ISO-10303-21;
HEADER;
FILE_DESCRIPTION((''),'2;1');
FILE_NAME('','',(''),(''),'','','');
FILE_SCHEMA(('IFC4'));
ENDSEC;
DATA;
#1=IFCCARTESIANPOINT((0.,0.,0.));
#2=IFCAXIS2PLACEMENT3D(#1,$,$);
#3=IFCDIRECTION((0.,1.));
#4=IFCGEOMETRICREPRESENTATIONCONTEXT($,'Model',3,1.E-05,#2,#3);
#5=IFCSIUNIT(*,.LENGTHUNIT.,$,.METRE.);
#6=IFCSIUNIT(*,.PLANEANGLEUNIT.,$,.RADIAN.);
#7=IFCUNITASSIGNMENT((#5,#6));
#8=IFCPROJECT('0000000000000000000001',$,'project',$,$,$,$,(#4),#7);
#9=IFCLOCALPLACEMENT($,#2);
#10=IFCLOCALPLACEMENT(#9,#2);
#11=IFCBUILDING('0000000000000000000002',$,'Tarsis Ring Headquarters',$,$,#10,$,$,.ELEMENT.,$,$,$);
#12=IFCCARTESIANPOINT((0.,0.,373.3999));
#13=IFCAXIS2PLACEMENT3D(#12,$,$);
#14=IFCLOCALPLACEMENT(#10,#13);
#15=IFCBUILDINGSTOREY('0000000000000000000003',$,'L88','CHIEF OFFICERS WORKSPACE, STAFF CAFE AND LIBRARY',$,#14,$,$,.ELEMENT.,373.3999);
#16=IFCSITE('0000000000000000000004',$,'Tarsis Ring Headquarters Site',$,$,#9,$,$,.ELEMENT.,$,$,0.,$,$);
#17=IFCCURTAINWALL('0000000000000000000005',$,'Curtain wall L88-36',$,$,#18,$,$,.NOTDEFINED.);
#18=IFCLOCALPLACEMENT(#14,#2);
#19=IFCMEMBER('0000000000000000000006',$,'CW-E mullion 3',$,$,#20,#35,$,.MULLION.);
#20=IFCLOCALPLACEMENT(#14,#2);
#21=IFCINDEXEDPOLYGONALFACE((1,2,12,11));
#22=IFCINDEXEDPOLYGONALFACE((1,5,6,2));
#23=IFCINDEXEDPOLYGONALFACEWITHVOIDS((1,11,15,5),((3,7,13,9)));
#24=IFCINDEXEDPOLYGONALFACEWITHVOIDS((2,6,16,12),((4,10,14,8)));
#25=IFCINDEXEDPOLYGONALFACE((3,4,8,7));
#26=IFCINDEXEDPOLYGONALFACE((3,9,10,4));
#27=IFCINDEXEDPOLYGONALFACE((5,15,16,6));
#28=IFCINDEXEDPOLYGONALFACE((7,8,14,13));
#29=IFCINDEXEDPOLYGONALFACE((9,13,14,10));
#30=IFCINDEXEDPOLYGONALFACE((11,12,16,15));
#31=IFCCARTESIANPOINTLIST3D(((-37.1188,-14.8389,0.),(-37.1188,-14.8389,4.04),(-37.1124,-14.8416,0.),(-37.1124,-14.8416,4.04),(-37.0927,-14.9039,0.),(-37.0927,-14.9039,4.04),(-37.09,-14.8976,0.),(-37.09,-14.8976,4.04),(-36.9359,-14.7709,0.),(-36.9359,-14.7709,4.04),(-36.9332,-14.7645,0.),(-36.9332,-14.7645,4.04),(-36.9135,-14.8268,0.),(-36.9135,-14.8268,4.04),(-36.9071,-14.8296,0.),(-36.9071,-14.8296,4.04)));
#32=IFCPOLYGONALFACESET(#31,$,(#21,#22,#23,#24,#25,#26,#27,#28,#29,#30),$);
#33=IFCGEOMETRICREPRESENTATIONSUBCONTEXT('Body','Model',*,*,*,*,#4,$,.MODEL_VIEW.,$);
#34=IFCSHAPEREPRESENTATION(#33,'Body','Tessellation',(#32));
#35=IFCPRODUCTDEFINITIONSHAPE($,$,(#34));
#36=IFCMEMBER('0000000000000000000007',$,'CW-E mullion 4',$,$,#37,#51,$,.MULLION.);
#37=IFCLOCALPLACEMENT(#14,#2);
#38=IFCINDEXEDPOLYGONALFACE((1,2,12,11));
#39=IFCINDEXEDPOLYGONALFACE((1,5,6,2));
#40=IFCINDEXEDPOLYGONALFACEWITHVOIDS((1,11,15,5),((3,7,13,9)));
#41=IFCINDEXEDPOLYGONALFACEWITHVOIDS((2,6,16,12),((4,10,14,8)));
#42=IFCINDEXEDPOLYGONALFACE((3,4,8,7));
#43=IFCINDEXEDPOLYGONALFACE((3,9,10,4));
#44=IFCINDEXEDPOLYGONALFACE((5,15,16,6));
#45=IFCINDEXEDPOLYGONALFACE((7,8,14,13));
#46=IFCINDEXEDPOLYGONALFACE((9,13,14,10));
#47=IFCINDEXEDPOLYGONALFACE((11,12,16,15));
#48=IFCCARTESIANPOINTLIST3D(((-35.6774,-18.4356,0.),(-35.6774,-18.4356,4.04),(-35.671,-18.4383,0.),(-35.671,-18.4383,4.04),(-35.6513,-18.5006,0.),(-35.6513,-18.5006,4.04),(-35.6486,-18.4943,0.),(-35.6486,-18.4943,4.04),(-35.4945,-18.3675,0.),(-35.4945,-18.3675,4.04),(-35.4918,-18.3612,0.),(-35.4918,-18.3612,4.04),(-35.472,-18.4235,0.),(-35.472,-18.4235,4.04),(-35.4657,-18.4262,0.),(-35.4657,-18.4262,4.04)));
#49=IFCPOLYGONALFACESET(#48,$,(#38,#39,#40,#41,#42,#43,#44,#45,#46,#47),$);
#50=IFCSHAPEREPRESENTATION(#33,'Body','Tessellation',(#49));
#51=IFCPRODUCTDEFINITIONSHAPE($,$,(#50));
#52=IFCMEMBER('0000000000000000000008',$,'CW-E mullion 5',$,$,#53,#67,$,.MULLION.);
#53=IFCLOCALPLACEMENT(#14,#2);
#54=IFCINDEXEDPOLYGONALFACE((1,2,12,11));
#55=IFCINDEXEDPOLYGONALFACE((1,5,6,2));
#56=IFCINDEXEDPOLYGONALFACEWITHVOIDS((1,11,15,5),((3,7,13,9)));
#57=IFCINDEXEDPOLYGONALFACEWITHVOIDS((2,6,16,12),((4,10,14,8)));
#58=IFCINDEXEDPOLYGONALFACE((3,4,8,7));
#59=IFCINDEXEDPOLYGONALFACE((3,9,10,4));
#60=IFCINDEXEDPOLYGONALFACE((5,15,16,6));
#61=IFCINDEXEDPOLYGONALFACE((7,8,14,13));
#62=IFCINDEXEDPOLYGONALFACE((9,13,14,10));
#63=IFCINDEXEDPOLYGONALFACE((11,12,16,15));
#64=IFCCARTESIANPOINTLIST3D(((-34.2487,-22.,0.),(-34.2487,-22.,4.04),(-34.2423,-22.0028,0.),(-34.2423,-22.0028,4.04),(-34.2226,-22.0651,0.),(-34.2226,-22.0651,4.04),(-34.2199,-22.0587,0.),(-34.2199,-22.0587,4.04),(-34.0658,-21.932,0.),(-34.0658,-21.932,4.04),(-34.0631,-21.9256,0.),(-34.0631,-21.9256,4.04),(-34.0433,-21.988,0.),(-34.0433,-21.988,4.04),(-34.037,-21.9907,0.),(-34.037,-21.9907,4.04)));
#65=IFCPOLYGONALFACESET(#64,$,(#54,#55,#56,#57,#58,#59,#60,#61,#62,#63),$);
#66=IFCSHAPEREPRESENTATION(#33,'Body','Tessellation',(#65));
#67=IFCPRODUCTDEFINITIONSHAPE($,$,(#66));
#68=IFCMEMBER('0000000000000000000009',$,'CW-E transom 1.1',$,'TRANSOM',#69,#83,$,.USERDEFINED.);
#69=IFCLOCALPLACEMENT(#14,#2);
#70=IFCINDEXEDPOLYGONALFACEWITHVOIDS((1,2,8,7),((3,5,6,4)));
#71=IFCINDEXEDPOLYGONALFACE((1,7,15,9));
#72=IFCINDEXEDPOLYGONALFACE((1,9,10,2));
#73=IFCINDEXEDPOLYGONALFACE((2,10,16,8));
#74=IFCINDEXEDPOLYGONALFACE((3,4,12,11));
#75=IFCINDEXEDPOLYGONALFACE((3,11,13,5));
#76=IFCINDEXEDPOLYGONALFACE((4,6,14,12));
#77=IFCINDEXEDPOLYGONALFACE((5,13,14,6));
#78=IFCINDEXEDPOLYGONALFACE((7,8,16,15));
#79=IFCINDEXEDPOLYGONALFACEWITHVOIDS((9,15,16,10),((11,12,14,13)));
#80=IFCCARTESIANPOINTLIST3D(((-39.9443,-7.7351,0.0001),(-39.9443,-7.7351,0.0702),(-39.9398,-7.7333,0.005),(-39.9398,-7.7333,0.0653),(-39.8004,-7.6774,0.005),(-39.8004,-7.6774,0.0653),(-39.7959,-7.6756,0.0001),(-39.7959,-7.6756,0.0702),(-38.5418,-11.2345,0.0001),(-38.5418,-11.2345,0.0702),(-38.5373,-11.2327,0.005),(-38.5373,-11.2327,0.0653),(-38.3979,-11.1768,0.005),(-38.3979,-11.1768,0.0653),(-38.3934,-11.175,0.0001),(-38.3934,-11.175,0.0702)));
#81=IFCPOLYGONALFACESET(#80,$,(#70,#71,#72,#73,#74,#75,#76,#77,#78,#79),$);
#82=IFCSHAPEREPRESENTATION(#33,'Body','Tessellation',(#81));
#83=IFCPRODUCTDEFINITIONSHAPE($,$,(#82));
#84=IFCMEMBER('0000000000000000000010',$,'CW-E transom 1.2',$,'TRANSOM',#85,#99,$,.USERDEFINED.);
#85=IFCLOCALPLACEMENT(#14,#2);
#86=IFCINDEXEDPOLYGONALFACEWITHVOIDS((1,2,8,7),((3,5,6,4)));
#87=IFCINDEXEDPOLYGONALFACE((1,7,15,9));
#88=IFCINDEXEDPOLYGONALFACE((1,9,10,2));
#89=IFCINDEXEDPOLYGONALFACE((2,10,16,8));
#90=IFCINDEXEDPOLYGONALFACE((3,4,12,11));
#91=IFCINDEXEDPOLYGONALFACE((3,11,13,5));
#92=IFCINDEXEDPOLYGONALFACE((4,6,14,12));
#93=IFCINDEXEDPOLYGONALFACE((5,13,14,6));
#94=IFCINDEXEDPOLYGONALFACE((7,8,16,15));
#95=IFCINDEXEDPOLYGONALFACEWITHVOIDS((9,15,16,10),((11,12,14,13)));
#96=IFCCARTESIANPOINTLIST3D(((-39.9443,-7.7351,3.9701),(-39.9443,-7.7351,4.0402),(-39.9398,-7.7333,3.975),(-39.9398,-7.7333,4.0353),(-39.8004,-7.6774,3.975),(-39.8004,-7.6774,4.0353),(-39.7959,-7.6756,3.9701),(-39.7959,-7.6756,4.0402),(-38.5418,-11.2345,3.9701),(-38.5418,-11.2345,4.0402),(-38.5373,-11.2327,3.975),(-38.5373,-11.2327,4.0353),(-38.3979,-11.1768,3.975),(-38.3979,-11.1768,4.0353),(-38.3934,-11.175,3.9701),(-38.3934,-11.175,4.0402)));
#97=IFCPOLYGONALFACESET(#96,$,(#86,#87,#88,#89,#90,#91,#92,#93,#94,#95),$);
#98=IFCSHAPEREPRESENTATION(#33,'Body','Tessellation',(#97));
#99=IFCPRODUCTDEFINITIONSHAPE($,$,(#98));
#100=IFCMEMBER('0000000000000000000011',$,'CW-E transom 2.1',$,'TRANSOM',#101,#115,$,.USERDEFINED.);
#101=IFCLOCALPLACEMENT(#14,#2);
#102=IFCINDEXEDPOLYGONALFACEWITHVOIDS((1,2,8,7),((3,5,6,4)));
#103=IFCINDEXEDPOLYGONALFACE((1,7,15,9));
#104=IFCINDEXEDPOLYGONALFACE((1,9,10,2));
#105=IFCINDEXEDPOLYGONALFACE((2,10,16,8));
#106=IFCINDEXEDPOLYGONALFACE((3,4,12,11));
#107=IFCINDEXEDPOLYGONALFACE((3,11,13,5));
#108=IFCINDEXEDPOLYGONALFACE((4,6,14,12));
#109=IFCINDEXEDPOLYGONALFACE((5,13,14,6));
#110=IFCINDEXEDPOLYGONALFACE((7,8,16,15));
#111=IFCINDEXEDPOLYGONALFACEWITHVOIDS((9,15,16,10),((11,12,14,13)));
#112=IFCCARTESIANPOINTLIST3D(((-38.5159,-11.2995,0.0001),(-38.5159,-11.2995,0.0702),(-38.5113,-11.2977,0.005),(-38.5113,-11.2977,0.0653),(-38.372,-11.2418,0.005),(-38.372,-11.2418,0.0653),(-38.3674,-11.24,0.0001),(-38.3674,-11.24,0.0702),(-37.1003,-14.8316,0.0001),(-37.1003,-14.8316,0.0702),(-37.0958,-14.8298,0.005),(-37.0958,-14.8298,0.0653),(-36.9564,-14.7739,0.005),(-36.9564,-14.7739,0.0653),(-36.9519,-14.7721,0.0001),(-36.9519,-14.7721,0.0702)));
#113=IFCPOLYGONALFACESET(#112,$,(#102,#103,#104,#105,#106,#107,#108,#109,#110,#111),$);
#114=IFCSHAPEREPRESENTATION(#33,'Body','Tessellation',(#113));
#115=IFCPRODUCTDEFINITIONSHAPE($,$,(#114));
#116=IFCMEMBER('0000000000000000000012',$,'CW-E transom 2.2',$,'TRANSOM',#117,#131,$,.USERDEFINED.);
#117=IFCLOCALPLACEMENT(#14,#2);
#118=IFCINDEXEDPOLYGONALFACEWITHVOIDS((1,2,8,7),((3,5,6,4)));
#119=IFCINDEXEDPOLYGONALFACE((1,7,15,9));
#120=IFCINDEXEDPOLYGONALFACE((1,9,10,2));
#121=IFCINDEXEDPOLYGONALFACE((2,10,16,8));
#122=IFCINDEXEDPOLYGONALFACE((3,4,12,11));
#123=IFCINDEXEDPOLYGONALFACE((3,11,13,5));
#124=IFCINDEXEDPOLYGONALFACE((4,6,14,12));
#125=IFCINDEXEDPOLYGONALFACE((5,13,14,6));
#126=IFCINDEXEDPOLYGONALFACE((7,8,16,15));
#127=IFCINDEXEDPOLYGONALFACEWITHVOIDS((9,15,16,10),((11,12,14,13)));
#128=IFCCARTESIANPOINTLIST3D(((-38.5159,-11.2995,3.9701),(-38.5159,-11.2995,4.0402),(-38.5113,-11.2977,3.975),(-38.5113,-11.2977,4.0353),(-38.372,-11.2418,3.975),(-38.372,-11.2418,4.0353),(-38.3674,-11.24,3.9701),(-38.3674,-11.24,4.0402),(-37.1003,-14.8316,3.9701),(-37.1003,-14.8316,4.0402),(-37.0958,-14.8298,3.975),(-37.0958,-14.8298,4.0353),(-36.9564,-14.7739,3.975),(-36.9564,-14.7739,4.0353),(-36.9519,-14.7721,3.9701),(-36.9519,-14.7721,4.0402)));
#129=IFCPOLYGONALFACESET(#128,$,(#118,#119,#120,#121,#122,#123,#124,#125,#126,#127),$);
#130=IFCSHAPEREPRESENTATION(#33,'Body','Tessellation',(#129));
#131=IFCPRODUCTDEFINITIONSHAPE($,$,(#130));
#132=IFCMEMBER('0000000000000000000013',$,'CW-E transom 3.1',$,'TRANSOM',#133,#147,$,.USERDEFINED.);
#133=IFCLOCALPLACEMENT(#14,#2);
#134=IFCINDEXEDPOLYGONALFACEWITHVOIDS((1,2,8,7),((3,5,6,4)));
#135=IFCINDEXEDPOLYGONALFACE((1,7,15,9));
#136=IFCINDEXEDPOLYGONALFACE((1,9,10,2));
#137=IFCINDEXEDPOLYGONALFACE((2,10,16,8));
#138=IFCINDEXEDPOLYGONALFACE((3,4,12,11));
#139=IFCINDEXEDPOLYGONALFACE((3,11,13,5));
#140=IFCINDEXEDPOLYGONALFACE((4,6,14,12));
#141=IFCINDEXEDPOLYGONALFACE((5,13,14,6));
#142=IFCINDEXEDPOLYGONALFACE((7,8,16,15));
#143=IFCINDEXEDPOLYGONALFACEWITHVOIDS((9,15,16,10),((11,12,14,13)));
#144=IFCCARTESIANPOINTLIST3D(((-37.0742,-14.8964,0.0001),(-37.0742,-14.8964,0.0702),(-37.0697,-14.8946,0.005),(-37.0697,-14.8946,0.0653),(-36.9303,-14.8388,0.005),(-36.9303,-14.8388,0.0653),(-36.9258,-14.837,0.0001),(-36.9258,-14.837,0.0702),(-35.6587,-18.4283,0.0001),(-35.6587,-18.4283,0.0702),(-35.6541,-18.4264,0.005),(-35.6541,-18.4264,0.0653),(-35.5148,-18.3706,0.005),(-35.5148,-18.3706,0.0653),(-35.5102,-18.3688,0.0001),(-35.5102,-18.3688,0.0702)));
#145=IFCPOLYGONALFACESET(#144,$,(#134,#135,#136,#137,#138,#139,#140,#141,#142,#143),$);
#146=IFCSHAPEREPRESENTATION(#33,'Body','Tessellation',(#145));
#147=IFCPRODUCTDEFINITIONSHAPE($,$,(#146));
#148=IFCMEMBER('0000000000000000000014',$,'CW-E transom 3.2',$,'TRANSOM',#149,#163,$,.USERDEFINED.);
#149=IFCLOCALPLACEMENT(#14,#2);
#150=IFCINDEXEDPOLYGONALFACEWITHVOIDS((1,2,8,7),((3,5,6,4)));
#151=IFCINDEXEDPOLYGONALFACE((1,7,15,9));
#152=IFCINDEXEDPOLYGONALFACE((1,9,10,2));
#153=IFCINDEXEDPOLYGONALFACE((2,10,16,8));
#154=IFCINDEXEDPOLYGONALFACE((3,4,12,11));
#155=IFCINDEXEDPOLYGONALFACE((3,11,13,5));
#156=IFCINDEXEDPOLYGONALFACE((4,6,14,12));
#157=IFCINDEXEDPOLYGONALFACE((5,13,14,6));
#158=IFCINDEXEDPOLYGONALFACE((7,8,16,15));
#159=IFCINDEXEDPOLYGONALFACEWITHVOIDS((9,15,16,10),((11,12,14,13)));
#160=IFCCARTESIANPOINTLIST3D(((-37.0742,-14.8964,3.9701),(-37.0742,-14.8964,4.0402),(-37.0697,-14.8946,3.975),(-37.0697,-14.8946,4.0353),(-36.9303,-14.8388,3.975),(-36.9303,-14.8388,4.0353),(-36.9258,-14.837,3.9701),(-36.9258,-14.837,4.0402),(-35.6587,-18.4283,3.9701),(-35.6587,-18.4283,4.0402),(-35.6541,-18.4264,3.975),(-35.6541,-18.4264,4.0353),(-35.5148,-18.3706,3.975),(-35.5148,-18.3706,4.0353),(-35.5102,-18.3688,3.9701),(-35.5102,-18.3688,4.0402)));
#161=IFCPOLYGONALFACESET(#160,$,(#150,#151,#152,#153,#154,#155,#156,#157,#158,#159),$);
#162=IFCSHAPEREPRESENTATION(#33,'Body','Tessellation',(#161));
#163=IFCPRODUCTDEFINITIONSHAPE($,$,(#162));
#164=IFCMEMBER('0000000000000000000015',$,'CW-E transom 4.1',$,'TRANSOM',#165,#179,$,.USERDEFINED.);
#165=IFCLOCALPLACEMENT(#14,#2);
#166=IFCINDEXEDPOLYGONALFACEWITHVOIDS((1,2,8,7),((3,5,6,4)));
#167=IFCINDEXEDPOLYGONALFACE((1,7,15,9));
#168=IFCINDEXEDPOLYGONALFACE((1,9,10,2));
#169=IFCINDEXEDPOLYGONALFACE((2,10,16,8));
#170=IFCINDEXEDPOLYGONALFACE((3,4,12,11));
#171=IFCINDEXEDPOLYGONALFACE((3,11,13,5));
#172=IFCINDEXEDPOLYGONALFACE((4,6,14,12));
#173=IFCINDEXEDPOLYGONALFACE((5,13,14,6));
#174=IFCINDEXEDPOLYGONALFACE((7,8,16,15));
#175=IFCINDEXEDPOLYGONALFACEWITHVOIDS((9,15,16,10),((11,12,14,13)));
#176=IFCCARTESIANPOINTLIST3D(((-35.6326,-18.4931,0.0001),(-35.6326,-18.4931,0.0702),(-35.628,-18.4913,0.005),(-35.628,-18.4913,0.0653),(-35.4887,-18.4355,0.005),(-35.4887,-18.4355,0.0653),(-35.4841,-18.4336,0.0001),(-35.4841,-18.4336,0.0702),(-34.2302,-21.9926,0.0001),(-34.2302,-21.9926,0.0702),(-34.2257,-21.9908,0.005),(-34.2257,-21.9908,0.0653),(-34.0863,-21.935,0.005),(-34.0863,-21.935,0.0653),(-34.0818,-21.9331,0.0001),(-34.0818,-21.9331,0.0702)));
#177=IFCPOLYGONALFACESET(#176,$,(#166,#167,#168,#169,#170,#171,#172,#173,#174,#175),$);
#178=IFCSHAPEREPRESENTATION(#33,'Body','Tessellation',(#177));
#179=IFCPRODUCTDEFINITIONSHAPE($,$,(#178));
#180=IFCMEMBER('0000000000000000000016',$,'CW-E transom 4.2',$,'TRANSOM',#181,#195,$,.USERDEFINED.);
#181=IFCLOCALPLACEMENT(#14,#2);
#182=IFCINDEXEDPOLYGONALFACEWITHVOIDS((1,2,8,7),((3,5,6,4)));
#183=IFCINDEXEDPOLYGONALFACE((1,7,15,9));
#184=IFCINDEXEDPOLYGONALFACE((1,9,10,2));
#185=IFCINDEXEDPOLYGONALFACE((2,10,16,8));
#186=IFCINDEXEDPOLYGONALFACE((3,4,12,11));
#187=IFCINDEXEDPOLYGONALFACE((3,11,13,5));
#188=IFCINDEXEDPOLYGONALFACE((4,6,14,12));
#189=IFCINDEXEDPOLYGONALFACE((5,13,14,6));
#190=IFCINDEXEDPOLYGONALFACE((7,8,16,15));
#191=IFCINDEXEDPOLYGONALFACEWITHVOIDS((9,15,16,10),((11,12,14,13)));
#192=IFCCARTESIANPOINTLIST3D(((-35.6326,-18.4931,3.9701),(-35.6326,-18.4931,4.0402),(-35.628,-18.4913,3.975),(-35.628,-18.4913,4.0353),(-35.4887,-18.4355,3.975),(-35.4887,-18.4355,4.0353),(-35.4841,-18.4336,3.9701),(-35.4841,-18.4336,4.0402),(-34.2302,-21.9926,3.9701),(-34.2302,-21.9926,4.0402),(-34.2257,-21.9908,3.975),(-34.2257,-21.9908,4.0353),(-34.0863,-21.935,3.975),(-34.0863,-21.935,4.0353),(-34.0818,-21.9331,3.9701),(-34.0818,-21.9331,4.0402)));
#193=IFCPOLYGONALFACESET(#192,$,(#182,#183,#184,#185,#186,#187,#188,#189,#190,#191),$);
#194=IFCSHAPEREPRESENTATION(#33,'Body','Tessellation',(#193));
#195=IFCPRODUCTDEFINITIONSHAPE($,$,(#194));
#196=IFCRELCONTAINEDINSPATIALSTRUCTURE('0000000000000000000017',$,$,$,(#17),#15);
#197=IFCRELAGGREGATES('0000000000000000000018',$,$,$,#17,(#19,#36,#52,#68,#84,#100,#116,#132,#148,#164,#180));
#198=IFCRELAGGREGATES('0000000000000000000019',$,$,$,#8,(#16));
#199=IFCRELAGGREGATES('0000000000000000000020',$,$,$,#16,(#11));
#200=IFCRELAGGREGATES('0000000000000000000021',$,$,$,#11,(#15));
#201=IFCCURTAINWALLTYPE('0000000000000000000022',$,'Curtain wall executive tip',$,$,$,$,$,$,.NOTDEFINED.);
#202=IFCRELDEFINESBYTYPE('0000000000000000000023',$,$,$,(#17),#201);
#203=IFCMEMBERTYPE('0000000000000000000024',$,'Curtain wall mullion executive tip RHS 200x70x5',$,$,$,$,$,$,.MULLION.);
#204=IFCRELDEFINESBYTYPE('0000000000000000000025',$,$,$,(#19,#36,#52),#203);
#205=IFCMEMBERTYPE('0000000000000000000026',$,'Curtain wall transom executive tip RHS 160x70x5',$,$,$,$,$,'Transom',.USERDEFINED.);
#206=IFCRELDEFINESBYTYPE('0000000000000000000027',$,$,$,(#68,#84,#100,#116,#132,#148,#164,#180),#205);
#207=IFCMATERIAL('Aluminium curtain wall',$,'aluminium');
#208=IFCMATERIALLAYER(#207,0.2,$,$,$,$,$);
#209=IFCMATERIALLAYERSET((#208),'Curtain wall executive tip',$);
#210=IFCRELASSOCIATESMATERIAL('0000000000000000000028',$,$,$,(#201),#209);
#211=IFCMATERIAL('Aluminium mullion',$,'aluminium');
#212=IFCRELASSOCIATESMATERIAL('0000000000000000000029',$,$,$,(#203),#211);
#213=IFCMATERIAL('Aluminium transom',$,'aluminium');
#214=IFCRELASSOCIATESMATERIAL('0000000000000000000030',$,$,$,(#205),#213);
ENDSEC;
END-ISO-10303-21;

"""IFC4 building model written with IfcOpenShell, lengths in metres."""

from ifc_helpers import new_model, si_unit, direction, frame, origin, origin_2d, place, context, subcontext, project, spatial, hollow_rectangle, extrude, material, layer, layer_set, material_profile, profile_set, type_object, element, aggregate, save


model = new_model("IFC4")

# Units and contexts
model_context = context("Model", 3, precision=1e-05, world=origin(), true_north=direction((0.0, 1.0)))
body_context = subcontext(model_context, "Body", "Model", "MODEL_VIEW")
ifc_project = project(units=[si_unit("LENGTHUNIT", "METRE"), si_unit("PLANEANGLEUNIT", "RADIAN")], contexts=[model_context])

# Site, building, storey
site_placement = place(None, origin())
site = spatial("IfcSite", under=ifc_project, at=site_placement, Name="Tarsis Ring Headquarters Site", CompositionType="ELEMENT", RefElevation=0.0)
building_placement = place(site_placement, origin())
building = spatial("IfcBuilding", under=site, at=building_placement, Name="Tarsis Ring Headquarters", CompositionType="ELEMENT")
storey_placement = place(building_placement, frame((0.0, 0.0, 373.3999)))
storey = spatial("IfcBuildingStorey", under=building, at=storey_placement, Name="L88", Description="CHIEF OFFICERS WORKSPACE, STAFF CAFE AND LIBRARY", CompositionType="ELEMENT", Elevation=373.3999)

# Curtain wall, members
ifc_material_1 = material(Name="Aluminium curtain wall", Category="aluminium")
ifc_layer_1 = layer(ifc_material_1, 0.2)
ifc_layer_set_1 = layer_set([ifc_layer_1], Name="Curtain wall executive tip")
curtain_wall_type = type_object("IfcCurtainWallType", Name="Curtain wall executive tip", PredefinedType="NOTDEFINED", material=ifc_layer_set_1)
curtain_wall_placement = place(storey_placement, origin())
curtain_wall = element("IfcCurtainWall", 1, at=curtain_wall_placement, inside=storey, type_object=curtain_wall_type, Name="Curtain wall L88-36", PredefinedType="NOTDEFINED")
ifc_material_2 = material(Name="Aluminium mullion", Category="aluminium")
ifc_material_profile_1 = material_profile(ifc_material_2, hollow_rectangle(XDim=0.2, YDim=0.0701, WallThickness=0.0049, at=origin_2d()), Name="RHS 200x70x5")
ifc_profile_set_1 = profile_set([ifc_material_profile_1], Name="Aluminium mullion")
member_type_1 = type_object("IfcMemberType", Name="Curtain wall mullion executive tip RHS 200x70x5", PredefinedType="MULLION", material=ifc_profile_set_1)
member_1_placement = place(storey_placement, frame((-37.0129, -14.8342, 0.0), z_axis=(0.0, 0.0, 1.0), x_axis=(0.928226, 0.372016, 0.0)))
member_1 = element("IfcMember", 2, at=member_1_placement, type_object=member_type_1, Name="CW-E mullion 3", PredefinedType="MULLION", context=body_context, shape_type="SweptSolid", body=[
    extrude(hollow_rectangle(XDim=0.2, YDim=0.0701, WallThickness=0.0049, at=origin_2d()), origin(), (0.0, 0.0, 1.0), 4.04),
])
member_2_placement = place(storey_placement, frame((-35.5715, -18.4309, 0.0), z_axis=(0.0, 0.0, 1.0), x_axis=(0.928226, 0.372016, 0.0)))
member_2 = element("IfcMember", 3, at=member_2_placement, type_object=member_type_1, Name="CW-E mullion 4", PredefinedType="MULLION", context=body_context, shape_type="SweptSolid", body=[
    extrude(hollow_rectangle(XDim=0.2, YDim=0.0701, WallThickness=0.0049, at=origin_2d()), origin(), (0.0, 0.0, 1.0), 4.04),
])
member_3_placement = place(storey_placement, frame((-34.1428, -21.9954, 0.0), z_axis=(0.0, 0.0, 1.0), x_axis=(0.928226, 0.372016, 0.0)))
member_3 = element("IfcMember", 4, at=member_3_placement, type_object=member_type_1, Name="CW-E mullion 5", PredefinedType="MULLION", context=body_context, shape_type="SweptSolid", body=[
    extrude(hollow_rectangle(XDim=0.2, YDim=0.0701, WallThickness=0.0049, at=origin_2d()), origin(), (0.0, 0.0, 1.0), 4.04),
])
ifc_material_3 = material(Name="Aluminium transom", Category="aluminium")
ifc_material_profile_2 = material_profile(ifc_material_3, hollow_rectangle(XDim=0.1599, YDim=0.0701, WallThickness=0.0049, at=origin_2d()), Name="RHS 160x70x5")
ifc_profile_set_2 = profile_set([ifc_material_profile_2], Name="Aluminium transom")
member_type_2 = type_object("IfcMemberType", Name="Curtain wall transom executive tip RHS 160x70x5", ElementType="Transom", PredefinedType="USERDEFINED", material=ifc_profile_set_2)
member_4_placement = place(storey_placement, frame((-39.8701, -7.7053, 0.0352), z_axis=(0.372027, -0.928222, 0.0), x_axis=(0.928222, 0.372027, 0.0)))
member_4 = element("IfcMember", 5, at=member_4_placement, type_object=member_type_2, Name="CW-E transom 1.1", ObjectType="TRANSOM", PredefinedType="USERDEFINED", context=body_context, shape_type="SweptSolid", body=[
    extrude(hollow_rectangle(XDim=0.1599, YDim=0.0701, WallThickness=0.0049, at=origin_2d()), origin(), (0.0, 0.0, 1.0), 3.77),
])
member_5_placement = place(storey_placement, frame((-39.8701, -7.7053, 4.0051), z_axis=(0.372027, -0.928222, 0.0), x_axis=(0.928222, 0.372027, 0.0)))
member_5 = element("IfcMember", 6, at=member_5_placement, type_object=member_type_2, Name="CW-E transom 1.2", ObjectType="TRANSOM", PredefinedType="USERDEFINED", context=body_context, shape_type="SweptSolid", body=[
    extrude(hollow_rectangle(XDim=0.1599, YDim=0.0701, WallThickness=0.0049, at=origin_2d()), origin(), (0.0, 0.0, 1.0), 3.77),
])
member_6_placement = place(storey_placement, frame((-38.4417, -11.2698, 0.0352), z_axis=(0.37201, -0.928229, 0.0), x_axis=(0.928229, 0.37201, 0.0)))
member_6 = element("IfcMember", 7, at=member_6_placement, type_object=member_type_2, Name="CW-E transom 2.1", ObjectType="TRANSOM", PredefinedType="USERDEFINED", context=body_context, shape_type="SweptSolid", body=[
    extrude(hollow_rectangle(XDim=0.1599, YDim=0.0701, WallThickness=0.0049, at=origin_2d()), origin(), (0.0, 0.0, 1.0), 3.8052),
])
member_7_placement = place(storey_placement, frame((-38.4417, -11.2698, 4.0051), z_axis=(0.37201, -0.928229, 0.0), x_axis=(0.928229, 0.37201, 0.0)))
member_7 = element("IfcMember", 8, at=member_7_placement, type_object=member_type_2, Name="CW-E transom 2.2", ObjectType="TRANSOM", PredefinedType="USERDEFINED", context=body_context, shape_type="SweptSolid", body=[
    extrude(hollow_rectangle(XDim=0.1599, YDim=0.0701, WallThickness=0.0049, at=origin_2d()), origin(), (0.0, 0.0, 1.0), 3.8052),
])
member_8_placement = place(storey_placement, frame((-37.0, -14.8667, 0.0352), z_axis=(0.372032, -0.92822, 0.0), x_axis=(0.92822, 0.372032, 0.0)))
member_8 = element("IfcMember", 9, at=member_8_placement, type_object=member_type_2, Name="CW-E transom 3.1", ObjectType="TRANSOM", PredefinedType="USERDEFINED", context=body_context, shape_type="SweptSolid", body=[
    extrude(hollow_rectangle(XDim=0.1599, YDim=0.0701, WallThickness=0.0049, at=origin_2d()), origin(), (0.0, 0.0, 1.0), 3.8049),
])
member_9_placement = place(storey_placement, frame((-37.0, -14.8667, 4.0051), z_axis=(0.372032, -0.92822, 0.0), x_axis=(0.92822, 0.372032, 0.0)))
member_9 = element("IfcMember", 10, at=member_9_placement, type_object=member_type_2, Name="CW-E transom 3.2", ObjectType="TRANSOM", PredefinedType="USERDEFINED", context=body_context, shape_type="SweptSolid", body=[
    extrude(hollow_rectangle(XDim=0.1599, YDim=0.0701, WallThickness=0.0049, at=origin_2d()), origin(), (0.0, 0.0, 1.0), 3.8049),
])
member_10_placement = place(storey_placement, frame((-35.5583, -18.4634, 0.0352), z_axis=(0.371971, -0.928244, 0.0), x_axis=(0.928244, 0.371971, 0.0)))
member_10 = element("IfcMember", 11, at=member_10_placement, type_object=member_type_2, Name="CW-E transom 4.1", ObjectType="TRANSOM", PredefinedType="USERDEFINED", context=body_context, shape_type="SweptSolid", body=[
    extrude(hollow_rectangle(XDim=0.1599, YDim=0.0701, WallThickness=0.0049, at=origin_2d()), origin(), (0.0, 0.0, 1.0), 3.77),
])
member_11_placement = place(storey_placement, frame((-35.5583, -18.4634, 4.0051), z_axis=(0.371971, -0.928244, 0.0), x_axis=(0.928244, 0.371971, 0.0)))
member_11 = element("IfcMember", 12, at=member_11_placement, type_object=member_type_2, Name="CW-E transom 4.2", ObjectType="TRANSOM", PredefinedType="USERDEFINED", context=body_context, shape_type="SweptSolid", body=[
    extrude(hollow_rectangle(XDim=0.1599, YDim=0.0701, WallThickness=0.0049, at=origin_2d()), origin(), (0.0, 0.0, 1.0), 3.77),
])

aggregate(curtain_wall, [member_1, member_2, member_3, member_4, member_5, member_6, member_7, member_8, member_9, member_10, member_11])

save(model, "model.ifc")
